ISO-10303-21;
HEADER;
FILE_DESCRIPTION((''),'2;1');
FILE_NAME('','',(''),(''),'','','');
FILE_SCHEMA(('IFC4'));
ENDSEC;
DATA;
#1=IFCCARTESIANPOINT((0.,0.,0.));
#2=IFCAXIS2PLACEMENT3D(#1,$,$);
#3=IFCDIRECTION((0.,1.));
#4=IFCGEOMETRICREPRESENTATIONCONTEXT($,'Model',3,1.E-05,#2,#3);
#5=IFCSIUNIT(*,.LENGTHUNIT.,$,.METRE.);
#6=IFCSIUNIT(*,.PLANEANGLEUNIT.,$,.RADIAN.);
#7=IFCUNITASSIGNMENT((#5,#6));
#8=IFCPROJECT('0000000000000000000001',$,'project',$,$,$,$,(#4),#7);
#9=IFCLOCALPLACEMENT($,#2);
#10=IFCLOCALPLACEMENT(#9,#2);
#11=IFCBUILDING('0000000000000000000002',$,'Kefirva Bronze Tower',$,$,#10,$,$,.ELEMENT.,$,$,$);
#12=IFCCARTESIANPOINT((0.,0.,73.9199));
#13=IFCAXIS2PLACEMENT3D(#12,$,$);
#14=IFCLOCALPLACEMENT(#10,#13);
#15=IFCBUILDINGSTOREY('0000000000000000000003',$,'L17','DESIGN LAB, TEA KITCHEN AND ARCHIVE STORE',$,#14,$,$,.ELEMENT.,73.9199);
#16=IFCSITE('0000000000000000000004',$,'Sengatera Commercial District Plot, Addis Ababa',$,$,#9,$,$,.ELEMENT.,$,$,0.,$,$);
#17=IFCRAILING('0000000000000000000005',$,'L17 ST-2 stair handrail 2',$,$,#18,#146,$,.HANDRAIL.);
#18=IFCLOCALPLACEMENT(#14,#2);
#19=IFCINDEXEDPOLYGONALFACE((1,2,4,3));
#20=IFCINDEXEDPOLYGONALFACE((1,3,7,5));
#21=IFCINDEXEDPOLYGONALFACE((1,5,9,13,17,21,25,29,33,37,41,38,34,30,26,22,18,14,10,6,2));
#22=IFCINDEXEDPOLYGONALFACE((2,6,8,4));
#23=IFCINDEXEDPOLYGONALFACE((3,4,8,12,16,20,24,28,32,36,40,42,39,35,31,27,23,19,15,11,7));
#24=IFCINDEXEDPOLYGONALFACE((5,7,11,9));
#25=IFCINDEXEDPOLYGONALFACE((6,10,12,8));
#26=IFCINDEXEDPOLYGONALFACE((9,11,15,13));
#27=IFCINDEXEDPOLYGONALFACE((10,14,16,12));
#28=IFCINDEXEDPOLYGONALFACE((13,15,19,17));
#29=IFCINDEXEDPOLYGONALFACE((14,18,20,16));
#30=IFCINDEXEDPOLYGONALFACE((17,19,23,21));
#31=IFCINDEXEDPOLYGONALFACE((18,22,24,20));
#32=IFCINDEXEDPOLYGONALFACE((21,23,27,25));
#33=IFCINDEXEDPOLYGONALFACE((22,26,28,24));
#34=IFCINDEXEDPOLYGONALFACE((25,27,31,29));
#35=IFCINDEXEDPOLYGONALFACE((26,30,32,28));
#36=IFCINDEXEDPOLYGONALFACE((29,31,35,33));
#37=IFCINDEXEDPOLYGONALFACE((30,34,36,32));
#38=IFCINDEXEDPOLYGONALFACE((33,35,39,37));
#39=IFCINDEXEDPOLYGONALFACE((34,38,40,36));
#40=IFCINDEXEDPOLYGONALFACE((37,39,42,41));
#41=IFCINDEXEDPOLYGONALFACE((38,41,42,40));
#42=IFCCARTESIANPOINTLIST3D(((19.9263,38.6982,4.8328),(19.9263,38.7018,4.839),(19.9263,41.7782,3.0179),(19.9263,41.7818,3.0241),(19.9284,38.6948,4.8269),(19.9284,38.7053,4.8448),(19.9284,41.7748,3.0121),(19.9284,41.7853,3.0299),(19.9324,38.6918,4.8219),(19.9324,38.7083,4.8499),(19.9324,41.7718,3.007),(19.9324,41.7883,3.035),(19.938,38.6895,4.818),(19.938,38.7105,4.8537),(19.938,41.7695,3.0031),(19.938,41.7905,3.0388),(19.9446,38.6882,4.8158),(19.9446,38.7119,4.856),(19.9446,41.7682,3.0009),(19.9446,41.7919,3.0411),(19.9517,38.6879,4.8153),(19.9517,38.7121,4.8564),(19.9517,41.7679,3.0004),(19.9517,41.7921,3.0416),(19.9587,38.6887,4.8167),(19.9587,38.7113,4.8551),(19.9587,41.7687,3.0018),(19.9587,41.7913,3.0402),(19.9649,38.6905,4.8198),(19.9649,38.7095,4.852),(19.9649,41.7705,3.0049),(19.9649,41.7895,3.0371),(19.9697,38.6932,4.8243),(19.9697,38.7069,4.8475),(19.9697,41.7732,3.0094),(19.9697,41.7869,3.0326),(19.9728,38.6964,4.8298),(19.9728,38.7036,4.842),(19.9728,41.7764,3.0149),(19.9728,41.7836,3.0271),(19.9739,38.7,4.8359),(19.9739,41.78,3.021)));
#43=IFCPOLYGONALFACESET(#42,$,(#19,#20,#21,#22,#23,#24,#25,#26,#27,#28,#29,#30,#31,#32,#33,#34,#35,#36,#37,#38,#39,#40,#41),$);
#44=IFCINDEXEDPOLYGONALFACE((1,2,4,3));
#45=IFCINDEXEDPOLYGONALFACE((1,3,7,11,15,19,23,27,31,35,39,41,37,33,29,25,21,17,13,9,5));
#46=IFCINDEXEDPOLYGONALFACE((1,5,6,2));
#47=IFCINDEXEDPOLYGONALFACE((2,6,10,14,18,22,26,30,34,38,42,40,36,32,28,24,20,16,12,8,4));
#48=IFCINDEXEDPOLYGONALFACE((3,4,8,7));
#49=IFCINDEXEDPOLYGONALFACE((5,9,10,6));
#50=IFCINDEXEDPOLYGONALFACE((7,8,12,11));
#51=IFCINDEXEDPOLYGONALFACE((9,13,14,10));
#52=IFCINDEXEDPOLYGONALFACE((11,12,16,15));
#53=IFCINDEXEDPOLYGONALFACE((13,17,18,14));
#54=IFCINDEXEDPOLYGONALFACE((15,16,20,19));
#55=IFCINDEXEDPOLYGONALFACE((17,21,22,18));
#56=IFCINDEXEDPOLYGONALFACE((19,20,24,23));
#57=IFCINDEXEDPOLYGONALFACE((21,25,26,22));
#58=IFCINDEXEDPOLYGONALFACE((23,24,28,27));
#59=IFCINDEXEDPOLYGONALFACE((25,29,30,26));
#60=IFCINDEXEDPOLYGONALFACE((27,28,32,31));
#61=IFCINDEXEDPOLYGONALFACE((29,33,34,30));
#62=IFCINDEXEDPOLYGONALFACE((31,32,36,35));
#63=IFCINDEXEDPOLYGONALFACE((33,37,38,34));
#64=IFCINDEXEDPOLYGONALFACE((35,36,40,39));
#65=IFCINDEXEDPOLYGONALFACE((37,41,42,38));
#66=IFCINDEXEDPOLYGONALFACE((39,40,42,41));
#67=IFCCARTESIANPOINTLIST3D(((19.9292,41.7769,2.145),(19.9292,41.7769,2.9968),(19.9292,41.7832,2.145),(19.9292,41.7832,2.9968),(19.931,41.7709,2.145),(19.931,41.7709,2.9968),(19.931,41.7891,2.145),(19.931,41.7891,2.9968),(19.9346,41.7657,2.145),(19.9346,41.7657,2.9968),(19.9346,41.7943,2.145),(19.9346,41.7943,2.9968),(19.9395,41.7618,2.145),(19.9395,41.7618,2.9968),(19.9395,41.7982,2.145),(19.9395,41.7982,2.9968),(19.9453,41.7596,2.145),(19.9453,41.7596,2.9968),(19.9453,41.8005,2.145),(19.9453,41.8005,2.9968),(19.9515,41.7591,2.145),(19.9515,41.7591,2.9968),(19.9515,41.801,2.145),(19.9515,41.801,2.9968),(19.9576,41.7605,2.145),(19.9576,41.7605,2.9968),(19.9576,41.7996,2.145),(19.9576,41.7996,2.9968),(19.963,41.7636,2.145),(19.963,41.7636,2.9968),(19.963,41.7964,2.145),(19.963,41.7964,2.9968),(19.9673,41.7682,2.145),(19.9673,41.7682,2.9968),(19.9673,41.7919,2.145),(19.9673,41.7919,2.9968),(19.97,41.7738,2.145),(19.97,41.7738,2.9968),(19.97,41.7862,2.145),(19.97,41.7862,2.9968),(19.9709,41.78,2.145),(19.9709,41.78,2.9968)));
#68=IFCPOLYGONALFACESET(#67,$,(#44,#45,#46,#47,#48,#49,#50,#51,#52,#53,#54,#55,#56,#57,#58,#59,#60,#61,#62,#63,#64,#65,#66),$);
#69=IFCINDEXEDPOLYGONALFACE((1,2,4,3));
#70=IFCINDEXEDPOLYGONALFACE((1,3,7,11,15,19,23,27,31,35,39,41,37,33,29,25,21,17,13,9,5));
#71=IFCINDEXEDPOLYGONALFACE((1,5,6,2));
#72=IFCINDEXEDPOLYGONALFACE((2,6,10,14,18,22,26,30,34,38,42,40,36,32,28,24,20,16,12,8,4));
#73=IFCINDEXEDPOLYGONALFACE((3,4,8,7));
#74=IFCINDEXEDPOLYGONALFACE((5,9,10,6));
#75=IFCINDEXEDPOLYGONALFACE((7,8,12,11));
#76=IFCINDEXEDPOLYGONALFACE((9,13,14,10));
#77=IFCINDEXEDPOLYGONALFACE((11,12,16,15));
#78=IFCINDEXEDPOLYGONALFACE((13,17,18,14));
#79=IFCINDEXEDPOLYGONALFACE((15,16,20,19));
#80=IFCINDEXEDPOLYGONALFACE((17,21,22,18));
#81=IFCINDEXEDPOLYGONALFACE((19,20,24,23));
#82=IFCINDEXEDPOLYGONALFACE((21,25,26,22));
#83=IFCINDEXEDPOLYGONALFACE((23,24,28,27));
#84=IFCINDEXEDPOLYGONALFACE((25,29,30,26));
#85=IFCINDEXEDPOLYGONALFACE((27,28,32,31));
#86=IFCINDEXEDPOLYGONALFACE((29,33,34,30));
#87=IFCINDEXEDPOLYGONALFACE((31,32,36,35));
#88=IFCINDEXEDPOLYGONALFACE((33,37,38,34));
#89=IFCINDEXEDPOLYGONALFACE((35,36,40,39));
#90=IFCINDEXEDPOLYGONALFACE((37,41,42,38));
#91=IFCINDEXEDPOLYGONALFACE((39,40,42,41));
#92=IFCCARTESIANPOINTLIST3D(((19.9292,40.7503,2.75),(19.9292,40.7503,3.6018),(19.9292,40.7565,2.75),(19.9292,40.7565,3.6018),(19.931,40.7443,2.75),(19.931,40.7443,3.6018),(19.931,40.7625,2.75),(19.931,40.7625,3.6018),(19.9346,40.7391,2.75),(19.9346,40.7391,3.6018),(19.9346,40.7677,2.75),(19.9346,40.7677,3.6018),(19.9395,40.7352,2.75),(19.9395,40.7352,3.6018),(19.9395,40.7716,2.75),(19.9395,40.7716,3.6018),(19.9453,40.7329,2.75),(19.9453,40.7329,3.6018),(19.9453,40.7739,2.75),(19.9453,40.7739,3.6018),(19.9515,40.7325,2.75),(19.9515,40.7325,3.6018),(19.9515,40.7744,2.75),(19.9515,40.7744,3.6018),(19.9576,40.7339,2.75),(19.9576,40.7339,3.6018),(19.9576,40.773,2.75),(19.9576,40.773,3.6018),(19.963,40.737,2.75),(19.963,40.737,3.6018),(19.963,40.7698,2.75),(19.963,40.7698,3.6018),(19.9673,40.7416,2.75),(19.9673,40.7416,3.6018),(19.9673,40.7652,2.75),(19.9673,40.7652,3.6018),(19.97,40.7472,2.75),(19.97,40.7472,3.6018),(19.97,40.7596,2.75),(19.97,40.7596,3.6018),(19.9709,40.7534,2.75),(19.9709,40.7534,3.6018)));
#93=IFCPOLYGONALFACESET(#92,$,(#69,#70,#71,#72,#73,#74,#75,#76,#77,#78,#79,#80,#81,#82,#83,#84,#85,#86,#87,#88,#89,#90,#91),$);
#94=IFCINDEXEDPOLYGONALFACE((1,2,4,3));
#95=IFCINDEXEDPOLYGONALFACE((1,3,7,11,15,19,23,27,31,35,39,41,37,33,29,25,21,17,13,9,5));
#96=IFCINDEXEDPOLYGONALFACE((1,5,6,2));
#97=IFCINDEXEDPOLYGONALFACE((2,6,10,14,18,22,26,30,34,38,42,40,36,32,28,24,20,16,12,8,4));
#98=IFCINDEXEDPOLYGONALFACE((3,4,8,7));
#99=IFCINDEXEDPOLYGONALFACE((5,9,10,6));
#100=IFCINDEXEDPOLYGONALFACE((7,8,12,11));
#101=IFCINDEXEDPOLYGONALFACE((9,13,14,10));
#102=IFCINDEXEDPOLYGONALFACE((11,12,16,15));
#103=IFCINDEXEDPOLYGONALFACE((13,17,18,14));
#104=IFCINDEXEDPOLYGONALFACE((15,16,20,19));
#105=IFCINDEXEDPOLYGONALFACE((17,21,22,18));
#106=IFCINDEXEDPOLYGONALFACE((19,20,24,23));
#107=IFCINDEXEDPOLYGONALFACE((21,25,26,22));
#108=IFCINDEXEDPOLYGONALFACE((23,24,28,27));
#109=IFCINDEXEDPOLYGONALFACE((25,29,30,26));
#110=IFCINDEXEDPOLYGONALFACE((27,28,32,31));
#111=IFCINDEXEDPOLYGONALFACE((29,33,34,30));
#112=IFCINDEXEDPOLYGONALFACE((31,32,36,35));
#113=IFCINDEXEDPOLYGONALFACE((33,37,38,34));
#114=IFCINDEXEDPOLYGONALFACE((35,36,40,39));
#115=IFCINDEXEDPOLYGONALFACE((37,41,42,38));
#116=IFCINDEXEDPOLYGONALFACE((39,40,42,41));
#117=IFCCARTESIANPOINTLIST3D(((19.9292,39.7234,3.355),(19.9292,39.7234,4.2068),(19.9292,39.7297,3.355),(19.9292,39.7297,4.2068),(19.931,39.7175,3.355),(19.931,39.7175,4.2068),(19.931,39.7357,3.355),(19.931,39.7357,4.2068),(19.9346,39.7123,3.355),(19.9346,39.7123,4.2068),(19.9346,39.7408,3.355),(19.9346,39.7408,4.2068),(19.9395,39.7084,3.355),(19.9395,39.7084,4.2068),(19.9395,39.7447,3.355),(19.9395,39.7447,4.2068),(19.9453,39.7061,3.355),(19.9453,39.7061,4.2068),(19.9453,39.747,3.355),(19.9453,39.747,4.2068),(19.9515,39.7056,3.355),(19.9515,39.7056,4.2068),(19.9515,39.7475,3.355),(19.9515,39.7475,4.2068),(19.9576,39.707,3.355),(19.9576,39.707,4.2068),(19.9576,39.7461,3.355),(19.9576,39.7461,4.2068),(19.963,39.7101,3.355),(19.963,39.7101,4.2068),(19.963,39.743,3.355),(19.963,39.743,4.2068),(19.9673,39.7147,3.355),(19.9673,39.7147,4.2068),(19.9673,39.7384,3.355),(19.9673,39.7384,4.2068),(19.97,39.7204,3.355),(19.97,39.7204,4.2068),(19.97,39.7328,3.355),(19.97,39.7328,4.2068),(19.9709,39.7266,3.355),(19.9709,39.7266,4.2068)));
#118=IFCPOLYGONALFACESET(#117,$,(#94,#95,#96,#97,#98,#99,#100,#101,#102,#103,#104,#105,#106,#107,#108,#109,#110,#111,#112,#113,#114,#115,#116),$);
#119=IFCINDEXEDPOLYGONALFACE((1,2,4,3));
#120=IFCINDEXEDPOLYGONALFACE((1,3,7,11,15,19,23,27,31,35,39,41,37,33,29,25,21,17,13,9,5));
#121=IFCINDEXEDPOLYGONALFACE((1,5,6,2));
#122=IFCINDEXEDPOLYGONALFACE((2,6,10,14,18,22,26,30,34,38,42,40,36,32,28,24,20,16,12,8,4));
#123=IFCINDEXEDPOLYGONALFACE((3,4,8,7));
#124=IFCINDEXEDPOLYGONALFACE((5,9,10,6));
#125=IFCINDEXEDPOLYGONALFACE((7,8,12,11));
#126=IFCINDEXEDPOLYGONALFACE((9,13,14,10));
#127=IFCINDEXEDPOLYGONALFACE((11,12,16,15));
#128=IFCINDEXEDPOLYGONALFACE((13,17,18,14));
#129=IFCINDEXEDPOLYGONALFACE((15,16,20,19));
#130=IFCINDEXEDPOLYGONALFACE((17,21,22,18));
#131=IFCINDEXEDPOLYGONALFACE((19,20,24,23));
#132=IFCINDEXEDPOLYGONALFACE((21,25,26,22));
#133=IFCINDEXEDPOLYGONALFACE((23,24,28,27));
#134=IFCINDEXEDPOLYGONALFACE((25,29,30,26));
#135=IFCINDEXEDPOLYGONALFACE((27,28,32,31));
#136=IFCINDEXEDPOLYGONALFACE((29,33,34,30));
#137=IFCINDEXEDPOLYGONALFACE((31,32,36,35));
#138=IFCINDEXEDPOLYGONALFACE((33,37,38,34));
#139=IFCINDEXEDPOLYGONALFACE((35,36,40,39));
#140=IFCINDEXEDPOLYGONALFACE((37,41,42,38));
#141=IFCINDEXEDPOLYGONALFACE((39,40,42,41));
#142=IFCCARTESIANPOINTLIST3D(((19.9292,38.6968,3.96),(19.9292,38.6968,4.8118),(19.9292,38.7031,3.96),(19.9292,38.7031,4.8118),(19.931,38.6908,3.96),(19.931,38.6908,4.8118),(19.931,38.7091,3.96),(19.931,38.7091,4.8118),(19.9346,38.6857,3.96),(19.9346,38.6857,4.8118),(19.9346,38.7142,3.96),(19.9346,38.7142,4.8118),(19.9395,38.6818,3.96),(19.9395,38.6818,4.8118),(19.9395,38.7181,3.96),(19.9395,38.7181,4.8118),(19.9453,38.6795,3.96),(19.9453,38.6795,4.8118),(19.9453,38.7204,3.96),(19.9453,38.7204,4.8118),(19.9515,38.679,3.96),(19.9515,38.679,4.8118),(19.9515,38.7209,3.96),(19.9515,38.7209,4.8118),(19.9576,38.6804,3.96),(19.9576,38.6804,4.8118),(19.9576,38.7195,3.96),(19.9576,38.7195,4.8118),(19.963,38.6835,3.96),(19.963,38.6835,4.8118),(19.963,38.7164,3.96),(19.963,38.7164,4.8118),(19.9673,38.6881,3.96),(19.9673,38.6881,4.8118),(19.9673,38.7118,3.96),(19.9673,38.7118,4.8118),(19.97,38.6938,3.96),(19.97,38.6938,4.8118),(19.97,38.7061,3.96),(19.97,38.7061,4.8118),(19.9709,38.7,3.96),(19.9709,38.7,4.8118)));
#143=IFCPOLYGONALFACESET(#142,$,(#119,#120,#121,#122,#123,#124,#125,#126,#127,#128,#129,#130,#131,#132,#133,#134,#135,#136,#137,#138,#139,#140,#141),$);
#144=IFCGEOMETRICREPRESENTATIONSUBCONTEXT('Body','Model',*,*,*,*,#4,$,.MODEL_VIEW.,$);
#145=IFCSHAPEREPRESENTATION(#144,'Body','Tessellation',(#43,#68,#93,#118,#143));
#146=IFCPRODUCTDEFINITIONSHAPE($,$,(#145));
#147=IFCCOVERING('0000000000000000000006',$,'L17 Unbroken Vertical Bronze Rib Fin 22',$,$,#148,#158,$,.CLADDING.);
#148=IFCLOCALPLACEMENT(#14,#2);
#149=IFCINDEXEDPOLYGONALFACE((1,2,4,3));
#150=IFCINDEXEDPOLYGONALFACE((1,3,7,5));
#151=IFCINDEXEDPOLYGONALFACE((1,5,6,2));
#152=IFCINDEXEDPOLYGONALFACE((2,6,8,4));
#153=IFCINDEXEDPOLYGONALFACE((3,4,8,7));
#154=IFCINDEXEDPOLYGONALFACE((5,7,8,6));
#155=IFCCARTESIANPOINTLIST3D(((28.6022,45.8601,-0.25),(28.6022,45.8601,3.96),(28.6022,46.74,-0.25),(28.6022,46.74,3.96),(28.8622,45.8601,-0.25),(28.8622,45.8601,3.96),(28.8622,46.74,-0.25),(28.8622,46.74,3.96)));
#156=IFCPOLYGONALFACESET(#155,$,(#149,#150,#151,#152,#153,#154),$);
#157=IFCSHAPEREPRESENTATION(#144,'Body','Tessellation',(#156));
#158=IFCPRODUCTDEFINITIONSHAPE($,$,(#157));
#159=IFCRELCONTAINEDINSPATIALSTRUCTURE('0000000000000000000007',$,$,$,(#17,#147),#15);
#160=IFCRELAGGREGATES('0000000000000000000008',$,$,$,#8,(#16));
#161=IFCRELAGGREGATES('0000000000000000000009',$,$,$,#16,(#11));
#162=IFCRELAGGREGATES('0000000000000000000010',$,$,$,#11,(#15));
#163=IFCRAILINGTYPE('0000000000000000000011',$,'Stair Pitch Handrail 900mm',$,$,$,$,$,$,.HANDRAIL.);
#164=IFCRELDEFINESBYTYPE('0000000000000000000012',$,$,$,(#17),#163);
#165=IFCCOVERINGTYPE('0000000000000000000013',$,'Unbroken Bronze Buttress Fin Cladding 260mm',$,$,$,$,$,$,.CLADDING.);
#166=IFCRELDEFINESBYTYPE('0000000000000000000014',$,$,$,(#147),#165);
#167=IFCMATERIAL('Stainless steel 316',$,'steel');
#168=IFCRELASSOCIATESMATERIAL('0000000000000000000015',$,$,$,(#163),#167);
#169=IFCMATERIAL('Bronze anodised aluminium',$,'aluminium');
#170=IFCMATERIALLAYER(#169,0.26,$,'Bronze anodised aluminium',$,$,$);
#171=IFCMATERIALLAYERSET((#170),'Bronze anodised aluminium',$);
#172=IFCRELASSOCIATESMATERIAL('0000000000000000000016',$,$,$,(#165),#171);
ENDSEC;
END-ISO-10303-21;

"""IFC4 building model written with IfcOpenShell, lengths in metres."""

from ifc_helpers import new_model, si_unit, direction, frame, origin, origin_2d, place, context, subcontext, project, spatial, rectangle, circle, extrude, material, layer, layer_set, type_object, element, save


model = new_model("IFC4")

# Units and contexts
model_context = context("Model", 3, precision=1e-05, world=origin(), true_north=direction((0.0, 1.0)))
body_context = subcontext(model_context, "Body", "Model", "MODEL_VIEW")
ifc_project = project(units=[si_unit("LENGTHUNIT", "METRE"), si_unit("PLANEANGLEUNIT", "RADIAN")], contexts=[model_context])

# Site, building, storey
site_placement = place(None, origin())
site = spatial("IfcSite", under=ifc_project, at=site_placement, Name="Sengatera Commercial District Plot, Addis Ababa", CompositionType="ELEMENT", RefElevation=0.0)
building_placement = place(site_placement, origin())
building = spatial("IfcBuilding", under=site, at=building_placement, Name="Kefirva Bronze Tower", CompositionType="ELEMENT")
storey_placement = place(building_placement, frame((0.0, 0.0, 73.9199)))
storey = spatial("IfcBuildingStorey", under=building, at=storey_placement, Name="L17", Description="DESIGN LAB, TEA KITCHEN AND ARCHIVE STORE", CompositionType="ELEMENT", Elevation=73.9199)

# Shared definitions
ifc_material_1 = material(Name="Bronze anodised aluminium", Category="aluminium")

# Railing
ifc_material_2 = material(Name="Stainless steel 316", Category="steel")
railing_type_1 = type_object("IfcRailingType", Name="Stair Pitch Handrail 900mm", PredefinedType="HANDRAIL", material=ifc_material_2)
railing_1_placement = place(storey_placement, frame((19.95, 41.78, 2.145)))
element("IfcRailing", 1, at=railing_1_placement, inside=storey, type_object=railing_type_1, Name="L17 ST-2 stair handrail 2", PredefinedType="HANDRAIL", context=body_context, shape_type="SweptSolid", body=[
    extrude(circle(Radius=0.0239, at=origin_2d()), frame((0.0, 0.0, 0.876), z_axis=(0.0, -0.861551, 0.507671), x_axis=(1.0, 0.0, 0.0)), (0.0, 0.0, 1.0), 3.575),
    extrude(circle(Radius=0.021, at=origin_2d()), origin(), (0.0, 0.0, 1.0), 0.8518),
    extrude(circle(Radius=0.021, at=origin_2d()), frame((0.0, -1.0266, 0.605)), (0.0, 0.0, 1.0), 0.8518),
    extrude(circle(Radius=0.021, at=origin_2d()), frame((0.0, -2.0535, 1.21)), (0.0, 0.0, 1.0), 0.8518),
    extrude(circle(Radius=0.021, at=origin_2d()), frame((0.0, -3.0801, 1.8149)), (0.0, 0.0, 1.0), 0.8518),
])

# Covering
ifc_layer_1 = layer(ifc_material_1, 0.26, Name="Bronze anodised aluminium")
ifc_layer_set_1 = layer_set([ifc_layer_1], Name="Bronze anodised aluminium")
covering_type = type_object("IfcCoveringType", Name="Unbroken Bronze Buttress Fin Cladding 260mm", PredefinedType="CLADDING", material=ifc_layer_set_1)
covering_placement = place(storey_placement, frame((28.7322, 46.3, -0.25), z_axis=(0.0, 0.0, 1.0), x_axis=(-1.0, 0.0, 0.0)))
element("IfcCovering", 2, at=covering_placement, inside=storey, type_object=covering_type, Name="L17 Unbroken Vertical Bronze Rib Fin 22", PredefinedType="CLADDING", context=body_context, shape_type="SweptSolid", body=[
    extrude(rectangle(XDim=0.26, YDim=0.8799, at=origin_2d()), origin(), (0.0, 0.0, 1.0), 4.21),
])

save(model, "model.ifc")
